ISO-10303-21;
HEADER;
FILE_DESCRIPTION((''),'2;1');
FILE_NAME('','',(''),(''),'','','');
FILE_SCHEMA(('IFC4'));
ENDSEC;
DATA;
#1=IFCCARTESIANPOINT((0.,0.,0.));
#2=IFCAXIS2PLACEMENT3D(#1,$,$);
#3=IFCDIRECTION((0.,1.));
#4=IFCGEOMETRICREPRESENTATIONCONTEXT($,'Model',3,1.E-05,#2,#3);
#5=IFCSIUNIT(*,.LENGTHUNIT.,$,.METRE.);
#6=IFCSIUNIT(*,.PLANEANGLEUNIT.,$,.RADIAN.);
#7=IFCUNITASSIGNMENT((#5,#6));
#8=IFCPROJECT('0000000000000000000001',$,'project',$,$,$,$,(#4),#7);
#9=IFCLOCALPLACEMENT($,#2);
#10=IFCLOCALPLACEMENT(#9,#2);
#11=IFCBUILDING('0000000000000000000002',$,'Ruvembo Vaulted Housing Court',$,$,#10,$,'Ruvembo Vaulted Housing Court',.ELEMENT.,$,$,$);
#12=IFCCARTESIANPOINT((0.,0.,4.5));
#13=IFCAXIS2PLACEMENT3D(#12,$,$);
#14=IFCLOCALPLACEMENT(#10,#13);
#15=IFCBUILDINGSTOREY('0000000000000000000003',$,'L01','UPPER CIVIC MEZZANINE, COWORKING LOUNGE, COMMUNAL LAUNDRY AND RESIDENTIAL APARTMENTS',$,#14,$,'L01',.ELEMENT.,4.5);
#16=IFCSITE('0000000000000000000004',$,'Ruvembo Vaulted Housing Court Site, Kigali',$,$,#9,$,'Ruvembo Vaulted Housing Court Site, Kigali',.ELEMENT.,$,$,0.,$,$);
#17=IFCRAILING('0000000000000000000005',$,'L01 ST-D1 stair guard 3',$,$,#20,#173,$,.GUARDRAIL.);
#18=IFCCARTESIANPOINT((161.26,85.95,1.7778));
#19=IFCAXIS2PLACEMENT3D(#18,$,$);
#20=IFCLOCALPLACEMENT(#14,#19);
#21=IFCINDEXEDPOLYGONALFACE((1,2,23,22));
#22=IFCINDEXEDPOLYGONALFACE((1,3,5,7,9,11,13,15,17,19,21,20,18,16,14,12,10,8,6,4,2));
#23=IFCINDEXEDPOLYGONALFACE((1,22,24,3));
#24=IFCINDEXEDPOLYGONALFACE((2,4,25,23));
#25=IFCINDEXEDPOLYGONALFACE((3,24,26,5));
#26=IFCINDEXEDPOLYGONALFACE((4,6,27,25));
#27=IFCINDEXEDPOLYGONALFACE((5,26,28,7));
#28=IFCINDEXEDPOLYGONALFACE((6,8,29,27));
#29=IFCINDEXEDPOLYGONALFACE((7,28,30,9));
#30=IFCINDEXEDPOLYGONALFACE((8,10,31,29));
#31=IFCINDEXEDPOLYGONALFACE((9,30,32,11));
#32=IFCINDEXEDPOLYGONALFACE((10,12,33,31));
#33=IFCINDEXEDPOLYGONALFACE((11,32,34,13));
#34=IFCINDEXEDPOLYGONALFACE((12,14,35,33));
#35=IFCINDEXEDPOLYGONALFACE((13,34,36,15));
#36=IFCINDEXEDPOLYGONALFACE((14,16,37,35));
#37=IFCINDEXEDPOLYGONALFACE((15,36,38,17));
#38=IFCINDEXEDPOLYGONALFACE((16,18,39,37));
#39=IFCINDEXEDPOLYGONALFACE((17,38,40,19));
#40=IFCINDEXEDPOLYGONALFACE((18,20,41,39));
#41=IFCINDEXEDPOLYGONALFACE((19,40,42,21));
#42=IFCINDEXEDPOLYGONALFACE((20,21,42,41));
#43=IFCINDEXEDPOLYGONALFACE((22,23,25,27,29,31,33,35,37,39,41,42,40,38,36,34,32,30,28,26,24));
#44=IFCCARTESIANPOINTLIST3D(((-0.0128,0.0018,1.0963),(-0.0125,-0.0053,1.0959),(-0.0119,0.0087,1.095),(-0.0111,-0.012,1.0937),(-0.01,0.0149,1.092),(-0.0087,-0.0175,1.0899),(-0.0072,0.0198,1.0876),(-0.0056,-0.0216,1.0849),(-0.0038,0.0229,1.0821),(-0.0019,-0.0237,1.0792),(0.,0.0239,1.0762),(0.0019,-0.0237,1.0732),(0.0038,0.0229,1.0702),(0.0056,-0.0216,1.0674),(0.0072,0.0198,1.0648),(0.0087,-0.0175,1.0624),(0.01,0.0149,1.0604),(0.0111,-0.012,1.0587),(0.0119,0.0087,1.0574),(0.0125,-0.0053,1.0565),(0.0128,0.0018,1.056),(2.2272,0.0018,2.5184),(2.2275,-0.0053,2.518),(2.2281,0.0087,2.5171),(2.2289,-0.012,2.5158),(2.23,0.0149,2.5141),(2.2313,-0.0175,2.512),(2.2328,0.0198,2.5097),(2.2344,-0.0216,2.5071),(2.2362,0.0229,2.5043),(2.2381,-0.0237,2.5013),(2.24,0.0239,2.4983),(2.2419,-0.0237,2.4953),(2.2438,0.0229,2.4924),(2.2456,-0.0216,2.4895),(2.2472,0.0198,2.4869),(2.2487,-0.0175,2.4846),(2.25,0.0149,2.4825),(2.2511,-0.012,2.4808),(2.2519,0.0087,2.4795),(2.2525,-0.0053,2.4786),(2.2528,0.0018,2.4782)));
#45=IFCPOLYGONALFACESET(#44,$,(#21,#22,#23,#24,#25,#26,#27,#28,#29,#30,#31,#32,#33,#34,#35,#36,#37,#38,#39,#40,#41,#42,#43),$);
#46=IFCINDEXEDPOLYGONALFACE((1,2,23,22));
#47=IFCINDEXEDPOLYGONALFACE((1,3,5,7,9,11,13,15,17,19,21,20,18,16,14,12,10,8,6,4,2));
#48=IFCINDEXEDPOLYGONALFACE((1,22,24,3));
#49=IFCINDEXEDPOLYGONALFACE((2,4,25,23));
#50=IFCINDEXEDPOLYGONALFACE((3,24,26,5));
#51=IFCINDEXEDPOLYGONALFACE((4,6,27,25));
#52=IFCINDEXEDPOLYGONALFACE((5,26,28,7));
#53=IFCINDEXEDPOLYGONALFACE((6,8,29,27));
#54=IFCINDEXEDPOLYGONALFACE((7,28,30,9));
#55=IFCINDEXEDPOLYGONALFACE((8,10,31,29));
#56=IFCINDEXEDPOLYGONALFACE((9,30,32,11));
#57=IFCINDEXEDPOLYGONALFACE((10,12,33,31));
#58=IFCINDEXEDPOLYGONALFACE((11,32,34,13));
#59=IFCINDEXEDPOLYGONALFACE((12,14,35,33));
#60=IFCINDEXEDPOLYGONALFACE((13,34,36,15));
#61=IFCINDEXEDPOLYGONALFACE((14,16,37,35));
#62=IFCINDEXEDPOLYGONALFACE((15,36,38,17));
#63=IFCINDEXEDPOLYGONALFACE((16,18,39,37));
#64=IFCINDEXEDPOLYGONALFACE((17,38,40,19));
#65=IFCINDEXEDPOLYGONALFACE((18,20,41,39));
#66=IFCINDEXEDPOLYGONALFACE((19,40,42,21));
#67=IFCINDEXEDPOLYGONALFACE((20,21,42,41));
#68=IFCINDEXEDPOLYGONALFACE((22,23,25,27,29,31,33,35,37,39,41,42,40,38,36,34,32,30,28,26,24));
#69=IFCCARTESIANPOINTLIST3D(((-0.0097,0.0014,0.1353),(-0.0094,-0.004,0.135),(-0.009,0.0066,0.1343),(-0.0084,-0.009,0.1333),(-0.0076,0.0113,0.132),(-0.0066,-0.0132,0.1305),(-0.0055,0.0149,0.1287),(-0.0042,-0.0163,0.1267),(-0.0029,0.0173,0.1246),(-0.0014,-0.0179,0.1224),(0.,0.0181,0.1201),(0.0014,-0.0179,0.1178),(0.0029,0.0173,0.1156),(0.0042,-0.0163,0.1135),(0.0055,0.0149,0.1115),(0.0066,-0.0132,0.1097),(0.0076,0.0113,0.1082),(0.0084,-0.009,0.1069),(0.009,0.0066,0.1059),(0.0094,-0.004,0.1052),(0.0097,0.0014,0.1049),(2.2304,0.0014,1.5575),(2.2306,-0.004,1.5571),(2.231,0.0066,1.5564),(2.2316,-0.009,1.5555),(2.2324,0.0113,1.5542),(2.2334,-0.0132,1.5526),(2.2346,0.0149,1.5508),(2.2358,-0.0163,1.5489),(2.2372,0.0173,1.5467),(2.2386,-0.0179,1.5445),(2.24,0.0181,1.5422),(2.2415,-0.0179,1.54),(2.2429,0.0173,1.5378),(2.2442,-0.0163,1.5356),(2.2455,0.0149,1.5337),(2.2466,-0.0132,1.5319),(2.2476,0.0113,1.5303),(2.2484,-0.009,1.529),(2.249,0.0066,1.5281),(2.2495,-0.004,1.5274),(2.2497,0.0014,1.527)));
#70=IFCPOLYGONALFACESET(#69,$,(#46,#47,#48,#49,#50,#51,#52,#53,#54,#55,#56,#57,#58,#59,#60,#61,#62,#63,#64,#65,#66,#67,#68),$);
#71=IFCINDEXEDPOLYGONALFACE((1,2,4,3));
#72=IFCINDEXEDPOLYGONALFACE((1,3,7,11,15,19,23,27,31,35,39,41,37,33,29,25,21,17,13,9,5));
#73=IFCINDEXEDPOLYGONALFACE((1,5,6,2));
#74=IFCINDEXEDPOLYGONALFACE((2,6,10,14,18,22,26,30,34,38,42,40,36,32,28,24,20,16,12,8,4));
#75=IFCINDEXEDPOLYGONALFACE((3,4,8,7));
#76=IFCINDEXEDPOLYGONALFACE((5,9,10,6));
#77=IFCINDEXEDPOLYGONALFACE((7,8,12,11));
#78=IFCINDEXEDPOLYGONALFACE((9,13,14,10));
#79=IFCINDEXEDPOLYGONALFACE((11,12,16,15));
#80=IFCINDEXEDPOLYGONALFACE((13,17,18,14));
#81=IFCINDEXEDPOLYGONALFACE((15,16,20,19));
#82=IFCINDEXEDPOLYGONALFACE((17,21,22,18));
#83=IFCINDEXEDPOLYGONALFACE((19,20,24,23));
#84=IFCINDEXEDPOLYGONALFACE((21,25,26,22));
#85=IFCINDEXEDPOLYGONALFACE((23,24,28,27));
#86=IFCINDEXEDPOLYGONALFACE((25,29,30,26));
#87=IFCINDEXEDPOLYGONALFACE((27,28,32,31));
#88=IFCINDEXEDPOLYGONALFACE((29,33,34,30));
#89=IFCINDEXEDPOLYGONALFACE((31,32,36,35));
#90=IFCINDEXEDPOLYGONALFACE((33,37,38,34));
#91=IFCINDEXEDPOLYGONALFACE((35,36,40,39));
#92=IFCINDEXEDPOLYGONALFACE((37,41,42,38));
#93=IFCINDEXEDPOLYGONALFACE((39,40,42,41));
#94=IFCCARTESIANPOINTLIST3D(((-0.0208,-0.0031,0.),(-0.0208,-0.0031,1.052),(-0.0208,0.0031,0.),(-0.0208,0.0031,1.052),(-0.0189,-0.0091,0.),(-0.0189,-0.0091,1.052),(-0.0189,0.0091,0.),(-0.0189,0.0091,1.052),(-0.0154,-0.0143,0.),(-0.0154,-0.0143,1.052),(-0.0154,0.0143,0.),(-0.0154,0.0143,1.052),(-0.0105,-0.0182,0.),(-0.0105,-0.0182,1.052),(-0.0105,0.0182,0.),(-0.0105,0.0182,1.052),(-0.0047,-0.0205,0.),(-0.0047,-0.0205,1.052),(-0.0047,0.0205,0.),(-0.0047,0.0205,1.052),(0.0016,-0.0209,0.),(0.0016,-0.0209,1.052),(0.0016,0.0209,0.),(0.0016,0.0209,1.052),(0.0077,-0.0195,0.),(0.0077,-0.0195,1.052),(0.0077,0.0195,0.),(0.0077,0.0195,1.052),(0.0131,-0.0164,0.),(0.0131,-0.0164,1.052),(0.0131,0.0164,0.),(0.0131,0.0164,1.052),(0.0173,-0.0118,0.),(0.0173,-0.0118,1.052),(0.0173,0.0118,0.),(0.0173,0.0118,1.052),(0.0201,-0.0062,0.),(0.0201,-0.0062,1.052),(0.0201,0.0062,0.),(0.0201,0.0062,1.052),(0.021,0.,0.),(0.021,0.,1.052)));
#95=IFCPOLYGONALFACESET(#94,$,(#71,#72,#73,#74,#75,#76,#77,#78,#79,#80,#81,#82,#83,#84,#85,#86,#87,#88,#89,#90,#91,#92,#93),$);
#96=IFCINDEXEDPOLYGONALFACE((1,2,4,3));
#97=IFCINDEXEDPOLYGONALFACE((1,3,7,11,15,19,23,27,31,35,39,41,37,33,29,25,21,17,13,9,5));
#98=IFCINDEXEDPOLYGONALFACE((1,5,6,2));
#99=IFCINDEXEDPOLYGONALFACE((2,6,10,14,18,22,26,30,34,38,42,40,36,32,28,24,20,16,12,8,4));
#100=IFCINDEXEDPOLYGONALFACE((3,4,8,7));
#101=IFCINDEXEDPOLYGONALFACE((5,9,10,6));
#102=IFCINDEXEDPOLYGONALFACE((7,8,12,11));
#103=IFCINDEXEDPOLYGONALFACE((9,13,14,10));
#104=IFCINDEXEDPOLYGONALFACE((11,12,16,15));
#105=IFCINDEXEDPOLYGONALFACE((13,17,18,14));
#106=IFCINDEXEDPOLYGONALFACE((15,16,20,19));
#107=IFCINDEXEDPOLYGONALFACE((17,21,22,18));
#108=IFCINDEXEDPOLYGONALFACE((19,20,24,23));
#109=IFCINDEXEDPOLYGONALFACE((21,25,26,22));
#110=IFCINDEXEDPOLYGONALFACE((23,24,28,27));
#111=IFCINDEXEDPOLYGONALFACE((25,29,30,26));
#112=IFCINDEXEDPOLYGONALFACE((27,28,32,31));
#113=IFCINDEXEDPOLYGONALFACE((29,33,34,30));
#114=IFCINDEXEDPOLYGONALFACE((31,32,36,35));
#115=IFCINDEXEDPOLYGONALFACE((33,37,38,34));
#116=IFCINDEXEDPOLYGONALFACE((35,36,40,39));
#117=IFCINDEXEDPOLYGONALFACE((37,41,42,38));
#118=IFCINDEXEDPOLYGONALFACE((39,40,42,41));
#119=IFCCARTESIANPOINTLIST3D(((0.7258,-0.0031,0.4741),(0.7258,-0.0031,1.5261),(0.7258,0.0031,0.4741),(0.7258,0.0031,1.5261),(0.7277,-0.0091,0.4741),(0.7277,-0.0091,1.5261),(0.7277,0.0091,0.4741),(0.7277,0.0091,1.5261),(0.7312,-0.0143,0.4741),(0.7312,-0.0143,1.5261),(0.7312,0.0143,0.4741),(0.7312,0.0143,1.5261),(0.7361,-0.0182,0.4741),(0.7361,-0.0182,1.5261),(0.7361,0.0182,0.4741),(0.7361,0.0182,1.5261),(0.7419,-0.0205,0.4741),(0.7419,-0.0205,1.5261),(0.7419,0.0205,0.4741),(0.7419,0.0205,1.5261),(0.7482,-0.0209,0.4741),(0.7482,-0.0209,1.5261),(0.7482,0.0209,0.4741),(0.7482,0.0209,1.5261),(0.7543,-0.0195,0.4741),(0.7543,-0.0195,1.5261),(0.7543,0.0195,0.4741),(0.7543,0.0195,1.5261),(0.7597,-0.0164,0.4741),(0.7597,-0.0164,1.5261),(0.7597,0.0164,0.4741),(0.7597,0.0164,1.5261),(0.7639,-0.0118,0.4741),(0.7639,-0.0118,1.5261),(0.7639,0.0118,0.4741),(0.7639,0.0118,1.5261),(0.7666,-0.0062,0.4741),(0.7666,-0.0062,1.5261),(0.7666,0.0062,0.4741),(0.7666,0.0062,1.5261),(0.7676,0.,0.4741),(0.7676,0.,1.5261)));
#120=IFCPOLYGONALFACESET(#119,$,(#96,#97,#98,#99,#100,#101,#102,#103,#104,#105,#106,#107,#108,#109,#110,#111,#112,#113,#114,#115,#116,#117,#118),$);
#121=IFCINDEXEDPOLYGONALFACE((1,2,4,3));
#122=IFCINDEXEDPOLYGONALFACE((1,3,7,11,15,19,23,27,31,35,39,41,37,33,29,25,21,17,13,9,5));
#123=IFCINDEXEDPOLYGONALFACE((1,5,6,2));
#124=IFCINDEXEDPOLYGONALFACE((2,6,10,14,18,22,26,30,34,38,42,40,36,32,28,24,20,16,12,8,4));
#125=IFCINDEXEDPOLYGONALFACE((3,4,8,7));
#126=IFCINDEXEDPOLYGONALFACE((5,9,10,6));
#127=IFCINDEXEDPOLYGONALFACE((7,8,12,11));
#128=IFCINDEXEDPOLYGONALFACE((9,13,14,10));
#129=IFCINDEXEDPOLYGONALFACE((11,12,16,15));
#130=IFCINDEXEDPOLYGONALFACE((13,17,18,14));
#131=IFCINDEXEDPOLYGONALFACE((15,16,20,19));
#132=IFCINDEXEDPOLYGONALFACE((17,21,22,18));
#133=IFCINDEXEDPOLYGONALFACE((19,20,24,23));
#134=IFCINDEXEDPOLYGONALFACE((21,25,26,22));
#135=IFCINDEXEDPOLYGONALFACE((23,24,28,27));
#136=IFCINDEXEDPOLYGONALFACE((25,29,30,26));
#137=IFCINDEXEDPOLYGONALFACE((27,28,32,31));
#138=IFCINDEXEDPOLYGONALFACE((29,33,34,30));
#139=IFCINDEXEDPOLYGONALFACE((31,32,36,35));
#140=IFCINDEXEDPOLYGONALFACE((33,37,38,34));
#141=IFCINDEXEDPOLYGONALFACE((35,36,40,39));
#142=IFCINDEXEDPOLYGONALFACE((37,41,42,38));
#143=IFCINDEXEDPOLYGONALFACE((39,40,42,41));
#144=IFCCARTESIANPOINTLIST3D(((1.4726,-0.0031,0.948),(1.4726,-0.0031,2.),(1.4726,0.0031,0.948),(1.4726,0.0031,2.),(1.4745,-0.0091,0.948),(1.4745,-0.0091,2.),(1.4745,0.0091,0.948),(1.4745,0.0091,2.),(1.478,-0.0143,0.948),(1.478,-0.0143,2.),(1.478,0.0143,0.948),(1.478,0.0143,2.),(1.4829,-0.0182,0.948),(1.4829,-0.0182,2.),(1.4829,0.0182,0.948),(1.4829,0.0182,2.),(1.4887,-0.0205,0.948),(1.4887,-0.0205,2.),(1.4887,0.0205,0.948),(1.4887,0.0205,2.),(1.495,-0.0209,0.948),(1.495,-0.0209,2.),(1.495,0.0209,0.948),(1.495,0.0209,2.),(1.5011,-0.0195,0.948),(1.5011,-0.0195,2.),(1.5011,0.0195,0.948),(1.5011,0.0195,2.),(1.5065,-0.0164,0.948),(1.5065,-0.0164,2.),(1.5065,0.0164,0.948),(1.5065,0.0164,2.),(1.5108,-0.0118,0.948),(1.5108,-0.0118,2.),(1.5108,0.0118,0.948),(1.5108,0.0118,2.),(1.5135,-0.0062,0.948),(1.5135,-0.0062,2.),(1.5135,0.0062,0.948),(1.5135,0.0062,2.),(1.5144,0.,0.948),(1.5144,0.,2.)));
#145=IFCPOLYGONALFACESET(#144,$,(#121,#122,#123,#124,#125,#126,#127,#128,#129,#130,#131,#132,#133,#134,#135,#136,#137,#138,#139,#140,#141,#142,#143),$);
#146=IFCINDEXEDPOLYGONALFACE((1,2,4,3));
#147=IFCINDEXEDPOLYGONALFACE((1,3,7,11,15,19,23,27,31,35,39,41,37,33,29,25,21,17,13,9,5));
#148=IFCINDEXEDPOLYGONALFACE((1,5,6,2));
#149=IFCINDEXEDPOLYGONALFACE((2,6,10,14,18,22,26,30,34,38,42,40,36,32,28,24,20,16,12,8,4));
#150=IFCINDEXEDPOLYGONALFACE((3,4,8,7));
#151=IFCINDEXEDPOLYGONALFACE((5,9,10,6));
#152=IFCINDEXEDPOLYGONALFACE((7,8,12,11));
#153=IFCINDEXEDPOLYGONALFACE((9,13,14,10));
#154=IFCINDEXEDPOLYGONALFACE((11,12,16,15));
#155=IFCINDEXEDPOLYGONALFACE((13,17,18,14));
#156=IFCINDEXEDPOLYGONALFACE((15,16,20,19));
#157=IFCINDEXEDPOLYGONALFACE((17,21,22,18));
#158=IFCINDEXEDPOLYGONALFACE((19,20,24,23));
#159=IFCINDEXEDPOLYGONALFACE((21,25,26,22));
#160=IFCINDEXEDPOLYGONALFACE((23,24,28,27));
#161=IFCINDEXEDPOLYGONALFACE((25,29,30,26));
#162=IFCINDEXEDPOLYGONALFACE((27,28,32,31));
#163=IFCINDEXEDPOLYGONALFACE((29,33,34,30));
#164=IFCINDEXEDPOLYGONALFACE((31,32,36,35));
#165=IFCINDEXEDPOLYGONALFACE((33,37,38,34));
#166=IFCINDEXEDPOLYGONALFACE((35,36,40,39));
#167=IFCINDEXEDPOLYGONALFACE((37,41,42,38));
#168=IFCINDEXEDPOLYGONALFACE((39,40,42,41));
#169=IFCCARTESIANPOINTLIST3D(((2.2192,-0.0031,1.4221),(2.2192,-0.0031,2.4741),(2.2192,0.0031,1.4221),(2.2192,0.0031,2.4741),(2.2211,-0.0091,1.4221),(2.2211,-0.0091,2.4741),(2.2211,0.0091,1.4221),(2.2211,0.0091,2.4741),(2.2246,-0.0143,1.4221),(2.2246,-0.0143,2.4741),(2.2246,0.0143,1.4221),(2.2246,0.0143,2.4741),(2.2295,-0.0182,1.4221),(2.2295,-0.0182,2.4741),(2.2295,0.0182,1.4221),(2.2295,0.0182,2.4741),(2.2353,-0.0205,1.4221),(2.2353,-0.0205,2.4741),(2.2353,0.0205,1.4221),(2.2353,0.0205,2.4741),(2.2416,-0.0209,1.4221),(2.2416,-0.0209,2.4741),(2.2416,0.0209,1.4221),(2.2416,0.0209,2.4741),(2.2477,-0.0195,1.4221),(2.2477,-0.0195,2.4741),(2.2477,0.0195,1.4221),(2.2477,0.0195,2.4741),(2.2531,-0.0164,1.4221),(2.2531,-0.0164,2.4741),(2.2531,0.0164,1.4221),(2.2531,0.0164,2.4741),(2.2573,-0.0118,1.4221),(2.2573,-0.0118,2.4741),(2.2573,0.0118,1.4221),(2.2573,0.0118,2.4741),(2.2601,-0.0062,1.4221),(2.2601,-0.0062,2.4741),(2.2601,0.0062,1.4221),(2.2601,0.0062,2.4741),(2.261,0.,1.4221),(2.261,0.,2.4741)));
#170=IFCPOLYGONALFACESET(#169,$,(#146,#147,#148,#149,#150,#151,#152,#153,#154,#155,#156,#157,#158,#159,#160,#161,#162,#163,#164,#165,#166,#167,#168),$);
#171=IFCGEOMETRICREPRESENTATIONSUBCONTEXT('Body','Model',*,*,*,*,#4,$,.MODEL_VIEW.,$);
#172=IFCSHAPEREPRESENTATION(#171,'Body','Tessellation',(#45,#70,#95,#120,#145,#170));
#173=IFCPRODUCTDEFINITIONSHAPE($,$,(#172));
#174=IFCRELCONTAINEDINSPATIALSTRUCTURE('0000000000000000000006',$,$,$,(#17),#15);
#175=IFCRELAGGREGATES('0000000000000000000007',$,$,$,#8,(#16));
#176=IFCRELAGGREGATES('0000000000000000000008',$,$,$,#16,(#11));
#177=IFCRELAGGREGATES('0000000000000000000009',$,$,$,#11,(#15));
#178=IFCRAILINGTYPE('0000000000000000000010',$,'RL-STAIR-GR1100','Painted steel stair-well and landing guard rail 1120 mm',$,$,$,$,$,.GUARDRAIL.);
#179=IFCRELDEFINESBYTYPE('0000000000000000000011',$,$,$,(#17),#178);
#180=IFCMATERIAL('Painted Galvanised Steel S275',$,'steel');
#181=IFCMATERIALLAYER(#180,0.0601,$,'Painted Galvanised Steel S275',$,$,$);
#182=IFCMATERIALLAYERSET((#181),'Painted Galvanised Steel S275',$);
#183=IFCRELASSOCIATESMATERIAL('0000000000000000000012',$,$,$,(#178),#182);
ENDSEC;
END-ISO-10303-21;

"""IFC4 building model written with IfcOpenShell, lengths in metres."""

from ifc_helpers import new_model, si_unit, direction, frame, origin, origin_2d, place, context, subcontext, project, spatial, circle, extrude, material, layer, layer_set, type_object, element, save


model = new_model("IFC4")

# Units and contexts
model_context = context("Model", 3, precision=1e-05, world=origin(), true_north=direction((0.0, 1.0)))
body_context = subcontext(model_context, "Body", "Model", "MODEL_VIEW")
ifc_project = project(units=[si_unit("LENGTHUNIT", "METRE"), si_unit("PLANEANGLEUNIT", "RADIAN")], contexts=[model_context])

# Site, building, storey
site_placement = place(None, origin())
site = spatial("IfcSite", under=ifc_project, at=site_placement, Name="Ruvembo Vaulted Housing Court Site, Kigali", LongName="Ruvembo Vaulted Housing Court Site, Kigali", CompositionType="ELEMENT", RefElevation=0.0)
building_placement = place(site_placement, origin())
building = spatial("IfcBuilding", under=site, at=building_placement, Name="Ruvembo Vaulted Housing Court", LongName="Ruvembo Vaulted Housing Court", CompositionType="ELEMENT")
storey_placement = place(building_placement, frame((0.0, 0.0, 4.5)))
storey = spatial("IfcBuildingStorey", under=building, at=storey_placement, Name="L01", Description="UPPER CIVIC MEZZANINE, COWORKING LOUNGE, COMMUNAL LAUNDRY AND RESIDENTIAL APARTMENTS", LongName="L01", CompositionType="ELEMENT", Elevation=4.5)

# Railing
ifc_material_1 = material(Name="Painted Galvanised Steel S275", Category="steel")
ifc_layer_1 = layer(ifc_material_1, 0.0601, Name="Painted Galvanised Steel S275")
ifc_layer_set_1 = layer_set([ifc_layer_1], Name="Painted Galvanised Steel S275")
railing_type_1 = type_object("IfcRailingType", Name="RL-STAIR-GR1100", Description="Painted steel stair-well and landing guard rail 1120 mm", PredefinedType="GUARDRAIL", material=ifc_layer_set_1)
railing_1_placement = place(storey_placement, frame((161.26, 85.95, 1.7778)))
element("IfcRailing", 1, at=railing_1_placement, inside=storey, type_object=railing_type_1, Name="L01 ST-D1 stair guard 3", PredefinedType="GUARDRAIL", context=body_context, shape_type="SweptSolid", body=[
    extrude(circle(Radius=0.0239, at=origin_2d()), frame((0.0, 0.0, 1.0762), z_axis=(0.844229, 0.0, 0.535982), x_axis=(0.0, 1.0, 0.0)), (0.0, 0.0, 1.0), 2.6533),
    extrude(circle(Radius=0.0181, at=origin_2d()), frame((0.0, 0.0, 0.1201), z_axis=(0.844229, 0.0, 0.535982), x_axis=(0.0, 1.0, 0.0)), (0.0, 0.0, 1.0), 2.6533),
    extrude(circle(Radius=0.021, at=origin_2d()), origin(), (0.0, 0.0, 1.0), 1.052),
    extrude(circle(Radius=0.021, at=origin_2d()), frame((0.7466, 0.0, 0.4741)), (0.0, 0.0, 1.0), 1.052),
    extrude(circle(Radius=0.021, at=origin_2d()), frame((1.4934, 0.0, 0.948)), (0.0, 0.0, 1.0), 1.052),
    extrude(circle(Radius=0.021, at=origin_2d()), frame((2.24, 0.0, 1.4221)), (0.0, 0.0, 1.0), 1.052),
])

save(model, "model.ifc")
